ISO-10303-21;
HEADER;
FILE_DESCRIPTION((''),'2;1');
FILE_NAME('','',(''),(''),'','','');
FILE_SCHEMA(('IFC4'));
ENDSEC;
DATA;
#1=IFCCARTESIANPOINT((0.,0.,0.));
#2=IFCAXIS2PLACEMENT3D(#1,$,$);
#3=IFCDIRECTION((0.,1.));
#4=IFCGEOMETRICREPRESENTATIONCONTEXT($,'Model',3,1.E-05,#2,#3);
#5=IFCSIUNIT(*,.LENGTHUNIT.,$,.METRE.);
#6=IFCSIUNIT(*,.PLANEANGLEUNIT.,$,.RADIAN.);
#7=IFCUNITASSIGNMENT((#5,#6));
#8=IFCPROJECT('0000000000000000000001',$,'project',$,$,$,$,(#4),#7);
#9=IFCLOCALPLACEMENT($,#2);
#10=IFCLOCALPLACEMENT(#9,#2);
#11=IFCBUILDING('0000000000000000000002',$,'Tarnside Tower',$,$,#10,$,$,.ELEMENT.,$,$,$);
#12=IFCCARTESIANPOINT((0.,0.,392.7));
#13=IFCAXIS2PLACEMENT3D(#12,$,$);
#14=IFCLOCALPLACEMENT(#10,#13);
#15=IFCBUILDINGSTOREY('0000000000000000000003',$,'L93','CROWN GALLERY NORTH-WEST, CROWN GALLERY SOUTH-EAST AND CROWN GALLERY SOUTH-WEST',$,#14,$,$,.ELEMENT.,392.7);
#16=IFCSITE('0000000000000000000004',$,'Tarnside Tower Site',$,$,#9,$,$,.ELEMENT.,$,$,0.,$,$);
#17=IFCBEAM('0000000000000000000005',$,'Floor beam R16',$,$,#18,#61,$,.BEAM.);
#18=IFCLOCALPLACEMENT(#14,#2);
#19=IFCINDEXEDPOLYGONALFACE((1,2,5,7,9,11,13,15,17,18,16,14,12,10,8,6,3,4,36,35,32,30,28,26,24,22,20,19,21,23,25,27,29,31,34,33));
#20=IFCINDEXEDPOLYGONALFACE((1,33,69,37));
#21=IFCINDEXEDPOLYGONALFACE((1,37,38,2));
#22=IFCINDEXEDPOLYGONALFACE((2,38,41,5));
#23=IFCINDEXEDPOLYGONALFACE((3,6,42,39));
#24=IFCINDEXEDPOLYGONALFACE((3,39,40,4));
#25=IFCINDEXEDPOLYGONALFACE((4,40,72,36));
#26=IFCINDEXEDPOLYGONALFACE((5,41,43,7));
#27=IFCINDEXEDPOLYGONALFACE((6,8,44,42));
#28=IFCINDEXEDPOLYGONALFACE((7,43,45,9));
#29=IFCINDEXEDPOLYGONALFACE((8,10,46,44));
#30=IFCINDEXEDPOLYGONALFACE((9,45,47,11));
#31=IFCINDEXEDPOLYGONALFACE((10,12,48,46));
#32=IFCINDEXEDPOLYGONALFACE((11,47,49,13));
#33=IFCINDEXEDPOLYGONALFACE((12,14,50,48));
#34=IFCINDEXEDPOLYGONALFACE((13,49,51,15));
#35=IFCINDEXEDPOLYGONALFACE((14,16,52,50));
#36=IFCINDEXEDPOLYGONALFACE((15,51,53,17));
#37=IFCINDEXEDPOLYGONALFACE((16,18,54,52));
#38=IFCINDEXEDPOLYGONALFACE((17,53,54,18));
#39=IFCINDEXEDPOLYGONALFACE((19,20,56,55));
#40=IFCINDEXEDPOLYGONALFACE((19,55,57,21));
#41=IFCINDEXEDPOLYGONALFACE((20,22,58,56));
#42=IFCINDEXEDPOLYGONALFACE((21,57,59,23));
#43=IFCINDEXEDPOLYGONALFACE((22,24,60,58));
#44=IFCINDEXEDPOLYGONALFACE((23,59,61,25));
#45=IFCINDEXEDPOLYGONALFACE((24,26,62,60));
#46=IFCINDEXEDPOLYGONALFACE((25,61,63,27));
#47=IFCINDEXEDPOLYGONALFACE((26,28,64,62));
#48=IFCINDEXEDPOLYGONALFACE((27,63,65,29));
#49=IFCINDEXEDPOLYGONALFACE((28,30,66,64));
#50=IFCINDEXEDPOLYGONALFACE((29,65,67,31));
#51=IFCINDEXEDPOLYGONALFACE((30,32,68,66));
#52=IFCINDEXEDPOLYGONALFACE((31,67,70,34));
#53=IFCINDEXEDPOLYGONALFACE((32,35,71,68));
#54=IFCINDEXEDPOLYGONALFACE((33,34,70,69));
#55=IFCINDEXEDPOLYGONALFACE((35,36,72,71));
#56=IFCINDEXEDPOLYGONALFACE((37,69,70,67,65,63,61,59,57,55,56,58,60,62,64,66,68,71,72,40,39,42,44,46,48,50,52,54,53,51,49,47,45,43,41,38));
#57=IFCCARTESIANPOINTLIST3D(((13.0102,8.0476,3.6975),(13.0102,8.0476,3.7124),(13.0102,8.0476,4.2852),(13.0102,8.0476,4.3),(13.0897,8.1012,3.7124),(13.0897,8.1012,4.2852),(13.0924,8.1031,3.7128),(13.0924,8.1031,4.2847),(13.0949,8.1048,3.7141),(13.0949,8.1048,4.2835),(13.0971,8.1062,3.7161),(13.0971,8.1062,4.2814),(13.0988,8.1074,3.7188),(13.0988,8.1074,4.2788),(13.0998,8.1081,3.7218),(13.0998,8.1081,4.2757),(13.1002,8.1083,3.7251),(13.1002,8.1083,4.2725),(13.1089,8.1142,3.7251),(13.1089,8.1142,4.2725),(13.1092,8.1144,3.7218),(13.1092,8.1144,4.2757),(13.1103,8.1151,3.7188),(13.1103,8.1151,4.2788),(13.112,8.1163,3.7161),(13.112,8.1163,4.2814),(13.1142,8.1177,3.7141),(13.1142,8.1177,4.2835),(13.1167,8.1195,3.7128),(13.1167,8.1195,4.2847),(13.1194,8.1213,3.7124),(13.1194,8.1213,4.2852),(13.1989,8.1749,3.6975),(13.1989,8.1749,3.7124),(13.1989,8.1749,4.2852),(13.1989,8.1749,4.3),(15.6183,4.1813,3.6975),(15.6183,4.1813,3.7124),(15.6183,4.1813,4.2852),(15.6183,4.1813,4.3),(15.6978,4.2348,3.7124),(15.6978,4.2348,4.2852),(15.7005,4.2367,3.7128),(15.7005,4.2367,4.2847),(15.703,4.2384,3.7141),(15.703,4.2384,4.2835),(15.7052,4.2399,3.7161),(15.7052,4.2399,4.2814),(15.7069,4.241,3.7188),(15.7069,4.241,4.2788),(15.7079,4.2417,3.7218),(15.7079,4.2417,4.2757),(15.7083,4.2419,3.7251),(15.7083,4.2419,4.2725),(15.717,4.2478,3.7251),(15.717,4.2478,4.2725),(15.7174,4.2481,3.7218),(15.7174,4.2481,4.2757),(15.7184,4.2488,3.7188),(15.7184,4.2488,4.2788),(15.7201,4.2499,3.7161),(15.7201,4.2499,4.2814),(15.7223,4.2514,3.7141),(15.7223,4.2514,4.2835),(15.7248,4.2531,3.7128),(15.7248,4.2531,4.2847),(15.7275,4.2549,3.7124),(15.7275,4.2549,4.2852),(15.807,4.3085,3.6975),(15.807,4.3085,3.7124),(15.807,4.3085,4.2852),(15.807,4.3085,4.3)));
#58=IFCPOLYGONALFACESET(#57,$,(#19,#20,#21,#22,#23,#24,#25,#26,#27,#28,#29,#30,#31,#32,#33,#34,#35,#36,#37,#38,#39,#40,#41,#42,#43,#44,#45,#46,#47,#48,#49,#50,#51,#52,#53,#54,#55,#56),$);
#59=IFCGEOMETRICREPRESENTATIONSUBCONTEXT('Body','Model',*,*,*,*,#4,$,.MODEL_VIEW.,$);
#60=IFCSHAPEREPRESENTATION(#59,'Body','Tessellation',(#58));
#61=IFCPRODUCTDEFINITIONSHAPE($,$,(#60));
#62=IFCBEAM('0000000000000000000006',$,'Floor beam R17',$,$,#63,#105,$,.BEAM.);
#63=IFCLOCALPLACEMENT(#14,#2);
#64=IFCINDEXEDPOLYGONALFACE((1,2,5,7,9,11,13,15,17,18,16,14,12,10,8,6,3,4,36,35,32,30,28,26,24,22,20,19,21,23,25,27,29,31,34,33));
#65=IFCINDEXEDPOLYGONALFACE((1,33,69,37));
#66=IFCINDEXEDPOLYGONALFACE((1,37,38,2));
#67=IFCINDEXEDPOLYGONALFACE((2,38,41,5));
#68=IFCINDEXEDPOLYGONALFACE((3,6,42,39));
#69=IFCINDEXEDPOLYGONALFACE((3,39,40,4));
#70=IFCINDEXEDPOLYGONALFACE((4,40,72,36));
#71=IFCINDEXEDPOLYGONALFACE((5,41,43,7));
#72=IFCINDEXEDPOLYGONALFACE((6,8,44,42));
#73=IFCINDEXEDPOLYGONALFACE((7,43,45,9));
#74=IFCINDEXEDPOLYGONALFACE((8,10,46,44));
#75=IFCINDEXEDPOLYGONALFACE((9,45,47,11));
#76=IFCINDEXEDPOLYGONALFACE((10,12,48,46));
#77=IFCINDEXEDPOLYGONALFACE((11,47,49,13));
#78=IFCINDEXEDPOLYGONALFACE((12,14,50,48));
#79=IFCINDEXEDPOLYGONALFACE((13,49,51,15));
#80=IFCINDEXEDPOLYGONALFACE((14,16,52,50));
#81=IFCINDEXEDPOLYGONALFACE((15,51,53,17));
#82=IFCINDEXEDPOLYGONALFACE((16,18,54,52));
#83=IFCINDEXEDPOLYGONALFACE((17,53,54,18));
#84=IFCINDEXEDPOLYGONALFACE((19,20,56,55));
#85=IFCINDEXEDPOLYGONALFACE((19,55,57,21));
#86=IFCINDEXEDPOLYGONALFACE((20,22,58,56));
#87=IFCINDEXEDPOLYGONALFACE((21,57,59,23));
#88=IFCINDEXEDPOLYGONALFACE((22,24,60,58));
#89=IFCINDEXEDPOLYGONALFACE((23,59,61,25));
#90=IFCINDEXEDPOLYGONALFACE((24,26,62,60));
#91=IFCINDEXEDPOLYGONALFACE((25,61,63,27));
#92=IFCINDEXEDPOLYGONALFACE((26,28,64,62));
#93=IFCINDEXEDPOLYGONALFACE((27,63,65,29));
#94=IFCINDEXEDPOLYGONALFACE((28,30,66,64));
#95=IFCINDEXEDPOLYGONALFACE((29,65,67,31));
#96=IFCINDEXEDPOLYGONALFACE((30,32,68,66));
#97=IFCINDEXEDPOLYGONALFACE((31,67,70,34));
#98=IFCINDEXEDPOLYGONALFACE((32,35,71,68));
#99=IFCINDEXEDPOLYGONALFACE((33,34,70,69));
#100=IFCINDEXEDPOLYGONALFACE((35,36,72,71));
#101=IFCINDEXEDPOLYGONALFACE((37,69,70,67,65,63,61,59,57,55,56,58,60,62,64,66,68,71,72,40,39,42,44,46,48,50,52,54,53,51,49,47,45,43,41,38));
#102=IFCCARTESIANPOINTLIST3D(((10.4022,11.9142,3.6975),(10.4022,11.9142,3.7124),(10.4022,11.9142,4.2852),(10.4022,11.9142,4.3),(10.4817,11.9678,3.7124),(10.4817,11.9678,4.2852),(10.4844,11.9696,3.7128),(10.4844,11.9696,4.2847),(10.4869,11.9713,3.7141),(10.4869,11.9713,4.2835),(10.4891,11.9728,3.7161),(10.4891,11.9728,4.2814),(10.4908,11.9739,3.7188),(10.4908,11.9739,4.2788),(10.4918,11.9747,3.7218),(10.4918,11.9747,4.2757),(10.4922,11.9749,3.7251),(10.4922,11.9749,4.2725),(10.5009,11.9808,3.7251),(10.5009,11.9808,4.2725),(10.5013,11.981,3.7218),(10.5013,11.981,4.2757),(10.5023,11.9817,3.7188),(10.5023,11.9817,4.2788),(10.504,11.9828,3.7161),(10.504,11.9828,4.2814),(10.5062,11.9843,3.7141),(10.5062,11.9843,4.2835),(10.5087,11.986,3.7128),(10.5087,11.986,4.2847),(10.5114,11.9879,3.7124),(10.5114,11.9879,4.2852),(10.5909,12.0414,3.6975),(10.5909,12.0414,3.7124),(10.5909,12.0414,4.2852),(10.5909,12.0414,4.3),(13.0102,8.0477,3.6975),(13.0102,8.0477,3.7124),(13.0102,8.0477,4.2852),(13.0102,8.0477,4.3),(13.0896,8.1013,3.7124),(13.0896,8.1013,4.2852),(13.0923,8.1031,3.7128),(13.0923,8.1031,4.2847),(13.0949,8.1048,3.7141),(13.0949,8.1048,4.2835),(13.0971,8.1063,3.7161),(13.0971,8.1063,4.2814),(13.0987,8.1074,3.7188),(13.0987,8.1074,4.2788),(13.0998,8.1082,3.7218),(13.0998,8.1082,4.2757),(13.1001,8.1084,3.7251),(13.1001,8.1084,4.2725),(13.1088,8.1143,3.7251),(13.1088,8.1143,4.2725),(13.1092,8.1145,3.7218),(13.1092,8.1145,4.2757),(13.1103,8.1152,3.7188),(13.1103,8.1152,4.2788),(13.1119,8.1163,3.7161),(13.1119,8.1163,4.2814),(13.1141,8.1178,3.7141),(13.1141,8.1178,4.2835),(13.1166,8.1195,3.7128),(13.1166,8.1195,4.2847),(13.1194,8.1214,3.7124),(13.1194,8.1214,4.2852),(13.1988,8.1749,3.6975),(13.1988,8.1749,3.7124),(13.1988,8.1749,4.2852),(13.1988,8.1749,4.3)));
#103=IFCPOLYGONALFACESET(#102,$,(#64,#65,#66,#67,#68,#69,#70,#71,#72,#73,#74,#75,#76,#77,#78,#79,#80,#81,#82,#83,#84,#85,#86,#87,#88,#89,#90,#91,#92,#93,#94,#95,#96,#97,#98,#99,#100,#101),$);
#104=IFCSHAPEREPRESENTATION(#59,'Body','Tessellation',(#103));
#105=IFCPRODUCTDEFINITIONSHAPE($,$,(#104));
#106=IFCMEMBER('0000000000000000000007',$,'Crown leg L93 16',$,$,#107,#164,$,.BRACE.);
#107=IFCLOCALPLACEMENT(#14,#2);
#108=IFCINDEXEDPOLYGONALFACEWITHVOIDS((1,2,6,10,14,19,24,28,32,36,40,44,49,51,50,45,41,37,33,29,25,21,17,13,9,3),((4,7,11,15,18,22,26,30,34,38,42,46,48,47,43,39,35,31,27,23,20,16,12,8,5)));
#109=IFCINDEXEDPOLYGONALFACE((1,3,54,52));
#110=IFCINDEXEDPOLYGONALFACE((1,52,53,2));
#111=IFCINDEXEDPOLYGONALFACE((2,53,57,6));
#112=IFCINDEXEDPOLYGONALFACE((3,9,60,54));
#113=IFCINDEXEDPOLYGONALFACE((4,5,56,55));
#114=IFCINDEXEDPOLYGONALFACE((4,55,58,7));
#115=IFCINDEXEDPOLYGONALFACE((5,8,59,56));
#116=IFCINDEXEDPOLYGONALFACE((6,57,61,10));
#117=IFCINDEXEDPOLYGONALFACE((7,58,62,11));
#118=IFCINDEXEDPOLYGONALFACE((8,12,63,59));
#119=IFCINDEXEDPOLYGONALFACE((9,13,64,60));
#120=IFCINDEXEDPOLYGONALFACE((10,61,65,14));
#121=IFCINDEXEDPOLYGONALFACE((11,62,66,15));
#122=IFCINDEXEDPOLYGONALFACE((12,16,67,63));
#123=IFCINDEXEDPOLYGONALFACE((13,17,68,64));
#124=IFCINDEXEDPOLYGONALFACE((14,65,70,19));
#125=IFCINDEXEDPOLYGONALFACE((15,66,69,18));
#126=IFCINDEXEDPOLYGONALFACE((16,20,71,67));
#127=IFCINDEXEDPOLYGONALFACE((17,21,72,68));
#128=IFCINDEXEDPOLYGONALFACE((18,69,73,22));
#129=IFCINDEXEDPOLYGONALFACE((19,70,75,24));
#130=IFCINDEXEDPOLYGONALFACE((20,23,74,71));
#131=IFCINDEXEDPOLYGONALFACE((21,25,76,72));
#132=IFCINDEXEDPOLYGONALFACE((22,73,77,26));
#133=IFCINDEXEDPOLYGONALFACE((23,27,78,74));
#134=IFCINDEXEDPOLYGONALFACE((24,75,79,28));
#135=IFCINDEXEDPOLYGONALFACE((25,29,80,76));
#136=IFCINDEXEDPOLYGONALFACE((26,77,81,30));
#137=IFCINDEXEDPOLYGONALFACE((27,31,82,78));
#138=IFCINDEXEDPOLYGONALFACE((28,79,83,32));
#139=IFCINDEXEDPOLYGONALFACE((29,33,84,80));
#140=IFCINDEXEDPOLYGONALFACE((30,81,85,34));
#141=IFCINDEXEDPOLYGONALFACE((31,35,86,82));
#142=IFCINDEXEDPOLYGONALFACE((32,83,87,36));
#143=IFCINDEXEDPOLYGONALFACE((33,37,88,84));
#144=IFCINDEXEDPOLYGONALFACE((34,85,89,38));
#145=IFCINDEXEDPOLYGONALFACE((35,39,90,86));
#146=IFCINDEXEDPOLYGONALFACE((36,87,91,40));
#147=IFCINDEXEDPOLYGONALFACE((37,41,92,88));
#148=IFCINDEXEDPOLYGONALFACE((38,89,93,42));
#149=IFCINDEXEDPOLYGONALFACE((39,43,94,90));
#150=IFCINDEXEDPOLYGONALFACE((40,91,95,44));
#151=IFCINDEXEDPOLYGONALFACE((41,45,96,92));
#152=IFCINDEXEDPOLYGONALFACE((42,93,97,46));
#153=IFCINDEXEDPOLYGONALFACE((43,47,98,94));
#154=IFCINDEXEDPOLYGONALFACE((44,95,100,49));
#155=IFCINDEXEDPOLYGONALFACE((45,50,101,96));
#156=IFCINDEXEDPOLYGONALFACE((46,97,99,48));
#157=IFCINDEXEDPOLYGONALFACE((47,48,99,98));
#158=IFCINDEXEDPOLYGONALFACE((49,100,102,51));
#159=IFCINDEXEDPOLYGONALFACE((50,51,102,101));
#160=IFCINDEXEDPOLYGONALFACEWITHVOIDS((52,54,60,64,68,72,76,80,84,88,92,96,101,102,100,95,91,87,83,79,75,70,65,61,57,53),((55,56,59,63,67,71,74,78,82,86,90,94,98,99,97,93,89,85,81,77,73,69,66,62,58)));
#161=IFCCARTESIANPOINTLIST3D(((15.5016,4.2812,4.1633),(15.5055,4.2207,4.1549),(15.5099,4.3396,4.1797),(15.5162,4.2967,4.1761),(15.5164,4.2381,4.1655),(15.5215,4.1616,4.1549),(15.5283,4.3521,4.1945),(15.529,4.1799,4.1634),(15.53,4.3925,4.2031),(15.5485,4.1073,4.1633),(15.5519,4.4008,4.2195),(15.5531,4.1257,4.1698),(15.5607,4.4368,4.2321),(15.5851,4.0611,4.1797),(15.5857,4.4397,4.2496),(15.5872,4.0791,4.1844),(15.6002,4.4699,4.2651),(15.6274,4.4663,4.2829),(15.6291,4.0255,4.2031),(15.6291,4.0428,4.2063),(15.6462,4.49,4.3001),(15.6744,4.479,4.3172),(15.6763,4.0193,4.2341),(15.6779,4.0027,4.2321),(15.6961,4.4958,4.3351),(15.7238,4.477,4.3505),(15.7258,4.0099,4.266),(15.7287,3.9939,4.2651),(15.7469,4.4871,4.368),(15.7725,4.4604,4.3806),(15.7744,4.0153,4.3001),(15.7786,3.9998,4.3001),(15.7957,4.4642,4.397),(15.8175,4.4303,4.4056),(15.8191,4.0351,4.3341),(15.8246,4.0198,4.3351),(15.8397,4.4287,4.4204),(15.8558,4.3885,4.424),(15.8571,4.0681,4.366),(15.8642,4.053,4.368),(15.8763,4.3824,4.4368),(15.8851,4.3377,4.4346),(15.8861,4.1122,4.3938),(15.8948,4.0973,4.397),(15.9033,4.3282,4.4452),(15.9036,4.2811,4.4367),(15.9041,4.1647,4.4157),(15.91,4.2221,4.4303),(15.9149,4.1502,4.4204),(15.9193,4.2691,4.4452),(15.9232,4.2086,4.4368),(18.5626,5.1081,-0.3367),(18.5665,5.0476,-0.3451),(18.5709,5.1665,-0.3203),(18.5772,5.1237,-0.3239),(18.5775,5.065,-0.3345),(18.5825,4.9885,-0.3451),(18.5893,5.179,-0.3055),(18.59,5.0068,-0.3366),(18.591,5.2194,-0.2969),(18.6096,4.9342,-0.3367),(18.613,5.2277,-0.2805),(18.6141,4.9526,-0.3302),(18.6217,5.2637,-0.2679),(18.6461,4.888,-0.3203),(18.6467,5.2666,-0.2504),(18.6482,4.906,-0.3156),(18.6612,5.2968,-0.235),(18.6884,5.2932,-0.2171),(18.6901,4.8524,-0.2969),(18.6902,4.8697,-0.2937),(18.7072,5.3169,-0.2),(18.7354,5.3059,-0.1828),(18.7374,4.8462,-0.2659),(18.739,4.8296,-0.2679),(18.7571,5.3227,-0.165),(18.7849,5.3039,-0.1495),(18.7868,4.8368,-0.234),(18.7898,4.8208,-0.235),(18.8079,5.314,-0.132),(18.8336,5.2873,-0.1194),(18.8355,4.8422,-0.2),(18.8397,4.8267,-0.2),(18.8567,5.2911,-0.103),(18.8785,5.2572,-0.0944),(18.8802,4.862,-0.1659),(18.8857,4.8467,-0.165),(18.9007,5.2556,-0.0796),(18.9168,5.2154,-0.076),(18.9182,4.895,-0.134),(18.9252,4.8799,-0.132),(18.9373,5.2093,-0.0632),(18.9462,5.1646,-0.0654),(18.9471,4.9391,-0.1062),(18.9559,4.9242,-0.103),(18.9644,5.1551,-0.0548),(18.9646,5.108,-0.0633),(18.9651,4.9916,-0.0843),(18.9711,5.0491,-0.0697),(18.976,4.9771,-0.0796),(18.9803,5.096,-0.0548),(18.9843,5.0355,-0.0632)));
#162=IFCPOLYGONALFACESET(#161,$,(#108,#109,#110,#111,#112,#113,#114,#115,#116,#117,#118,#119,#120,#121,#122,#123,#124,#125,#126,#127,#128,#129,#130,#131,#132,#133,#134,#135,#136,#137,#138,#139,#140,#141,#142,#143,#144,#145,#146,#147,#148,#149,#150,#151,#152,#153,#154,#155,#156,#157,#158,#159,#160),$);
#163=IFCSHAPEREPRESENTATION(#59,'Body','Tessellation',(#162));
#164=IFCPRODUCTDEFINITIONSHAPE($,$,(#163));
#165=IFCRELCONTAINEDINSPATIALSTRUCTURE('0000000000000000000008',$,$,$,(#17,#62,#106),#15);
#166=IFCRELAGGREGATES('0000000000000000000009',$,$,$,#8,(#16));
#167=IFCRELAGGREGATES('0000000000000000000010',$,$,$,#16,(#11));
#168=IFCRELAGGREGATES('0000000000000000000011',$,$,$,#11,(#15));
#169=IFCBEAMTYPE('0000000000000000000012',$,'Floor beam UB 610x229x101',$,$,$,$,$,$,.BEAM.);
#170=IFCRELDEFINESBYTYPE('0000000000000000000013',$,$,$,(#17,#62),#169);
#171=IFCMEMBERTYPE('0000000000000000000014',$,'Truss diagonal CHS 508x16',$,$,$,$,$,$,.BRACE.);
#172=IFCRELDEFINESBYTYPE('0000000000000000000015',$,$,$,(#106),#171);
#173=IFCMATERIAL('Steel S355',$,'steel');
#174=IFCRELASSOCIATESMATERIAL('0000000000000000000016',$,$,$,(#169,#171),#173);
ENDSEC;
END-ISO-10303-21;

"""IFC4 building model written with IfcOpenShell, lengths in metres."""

from ifc_helpers import new_model, si_unit, direction, frame, origin, origin_2d, place, context, subcontext, project, spatial, hollow_circle, i_section, extrude, material, material_profile, profile_set, type_object, element, save


model = new_model("IFC4")

# Units and contexts
model_context = context("Model", 3, precision=1e-05, world=origin(), true_north=direction((0.0, 1.0)))
body_context = subcontext(model_context, "Body", "Model", "MODEL_VIEW")
ifc_project = project(units=[si_unit("LENGTHUNIT", "METRE"), si_unit("PLANEANGLEUNIT", "RADIAN")], contexts=[model_context])

# Site, building, storey
site_placement = place(None, origin())
site = spatial("IfcSite", under=ifc_project, at=site_placement, Name="Tarnside Tower Site", CompositionType="ELEMENT", RefElevation=0.0)
building_placement = place(site_placement, origin())
building = spatial("IfcBuilding", under=site, at=building_placement, Name="Tarnside Tower", CompositionType="ELEMENT")
storey_placement = place(building_placement, frame((0.0, 0.0, 392.7)))
storey = spatial("IfcBuildingStorey", under=building, at=storey_placement, Name="L93", Description="CROWN GALLERY NORTH-WEST, CROWN GALLERY SOUTH-EAST AND CROWN GALLERY SOUTH-WEST", CompositionType="ELEMENT", Elevation=392.7)

# Beams
ifc_material_1 = material(Name="Steel S355", Category="steel")
ifc_material_profile_1 = material_profile(ifc_material_1, i_section(OverallWidth=0.2275, OverallDepth=0.6025, WebThickness=0.0105, FlangeThickness=0.0149, FilletRadius=0.0127, at=origin_2d()), Name="UB 610x229x101")
ifc_profile_set_1 = profile_set([ifc_material_profile_1], Name="Steel S355")
beam_type_1 = type_object("IfcBeamType", Name="Floor beam UB 610x229x101", PredefinedType="BEAM", material=ifc_profile_set_1)
for number, where, z_axis, x_axis, name in (
    (1, (15.7126, 4.2449, 3.9988), (-0.559222, 0.829018, 0.0), (-0.829018, -0.559222, 0.0), "Floor beam R16"),
    (2, (13.1045, 8.1113, 3.9988), (-0.559186, 0.829042, 0.0), (-0.829042, -0.559186, 0.0), "Floor beam R17"),
):
    element("IfcBeam", number, at=place(storey_placement, frame(where, z_axis=z_axis, x_axis=x_axis)), inside=storey, type_object=beam_type_1, Name=name, PredefinedType="BEAM", context=body_context, shape_type="SweptSolid", body=[
        extrude(i_section(OverallWidth=0.2275, OverallDepth=0.6025, WebThickness=0.0105, FlangeThickness=0.0149, FilletRadius=0.0127, at=origin_2d()), origin(), (0.0, 0.0, 1.0), 4.6638),
    ])

# Member
ifc_material_profile_2 = material_profile(ifc_material_1, hollow_circle(Radius=0.2539, WallThickness=0.0161, at=origin_2d()), Name="CHS 508x16")
ifc_profile_set_2 = profile_set([ifc_material_profile_2], Name="Steel S355")
member_type_1 = type_object("IfcMemberType", Name="Truss diagonal CHS 508x16", PredefinedType="BRACE", material=ifc_profile_set_2)
member_1_placement = place(storey_placement, frame((18.7734, 5.0718, -0.2), z_axis=(-0.556058, -0.150213, 0.817456), x_axis=(0.260791, -0.965395, 0.0)))
element("IfcMember", 3, at=member_1_placement, inside=storey, type_object=member_type_1, Name="Crown leg L93 16", PredefinedType="BRACE", context=body_context, shape_type="SweptSolid", body=[
    extrude(hollow_circle(Radius=0.2539, WallThickness=0.0161, at=origin_2d()), origin(), (0.0, 0.0, 1.0), 5.5049),
])

save(model, "model.ifc")
